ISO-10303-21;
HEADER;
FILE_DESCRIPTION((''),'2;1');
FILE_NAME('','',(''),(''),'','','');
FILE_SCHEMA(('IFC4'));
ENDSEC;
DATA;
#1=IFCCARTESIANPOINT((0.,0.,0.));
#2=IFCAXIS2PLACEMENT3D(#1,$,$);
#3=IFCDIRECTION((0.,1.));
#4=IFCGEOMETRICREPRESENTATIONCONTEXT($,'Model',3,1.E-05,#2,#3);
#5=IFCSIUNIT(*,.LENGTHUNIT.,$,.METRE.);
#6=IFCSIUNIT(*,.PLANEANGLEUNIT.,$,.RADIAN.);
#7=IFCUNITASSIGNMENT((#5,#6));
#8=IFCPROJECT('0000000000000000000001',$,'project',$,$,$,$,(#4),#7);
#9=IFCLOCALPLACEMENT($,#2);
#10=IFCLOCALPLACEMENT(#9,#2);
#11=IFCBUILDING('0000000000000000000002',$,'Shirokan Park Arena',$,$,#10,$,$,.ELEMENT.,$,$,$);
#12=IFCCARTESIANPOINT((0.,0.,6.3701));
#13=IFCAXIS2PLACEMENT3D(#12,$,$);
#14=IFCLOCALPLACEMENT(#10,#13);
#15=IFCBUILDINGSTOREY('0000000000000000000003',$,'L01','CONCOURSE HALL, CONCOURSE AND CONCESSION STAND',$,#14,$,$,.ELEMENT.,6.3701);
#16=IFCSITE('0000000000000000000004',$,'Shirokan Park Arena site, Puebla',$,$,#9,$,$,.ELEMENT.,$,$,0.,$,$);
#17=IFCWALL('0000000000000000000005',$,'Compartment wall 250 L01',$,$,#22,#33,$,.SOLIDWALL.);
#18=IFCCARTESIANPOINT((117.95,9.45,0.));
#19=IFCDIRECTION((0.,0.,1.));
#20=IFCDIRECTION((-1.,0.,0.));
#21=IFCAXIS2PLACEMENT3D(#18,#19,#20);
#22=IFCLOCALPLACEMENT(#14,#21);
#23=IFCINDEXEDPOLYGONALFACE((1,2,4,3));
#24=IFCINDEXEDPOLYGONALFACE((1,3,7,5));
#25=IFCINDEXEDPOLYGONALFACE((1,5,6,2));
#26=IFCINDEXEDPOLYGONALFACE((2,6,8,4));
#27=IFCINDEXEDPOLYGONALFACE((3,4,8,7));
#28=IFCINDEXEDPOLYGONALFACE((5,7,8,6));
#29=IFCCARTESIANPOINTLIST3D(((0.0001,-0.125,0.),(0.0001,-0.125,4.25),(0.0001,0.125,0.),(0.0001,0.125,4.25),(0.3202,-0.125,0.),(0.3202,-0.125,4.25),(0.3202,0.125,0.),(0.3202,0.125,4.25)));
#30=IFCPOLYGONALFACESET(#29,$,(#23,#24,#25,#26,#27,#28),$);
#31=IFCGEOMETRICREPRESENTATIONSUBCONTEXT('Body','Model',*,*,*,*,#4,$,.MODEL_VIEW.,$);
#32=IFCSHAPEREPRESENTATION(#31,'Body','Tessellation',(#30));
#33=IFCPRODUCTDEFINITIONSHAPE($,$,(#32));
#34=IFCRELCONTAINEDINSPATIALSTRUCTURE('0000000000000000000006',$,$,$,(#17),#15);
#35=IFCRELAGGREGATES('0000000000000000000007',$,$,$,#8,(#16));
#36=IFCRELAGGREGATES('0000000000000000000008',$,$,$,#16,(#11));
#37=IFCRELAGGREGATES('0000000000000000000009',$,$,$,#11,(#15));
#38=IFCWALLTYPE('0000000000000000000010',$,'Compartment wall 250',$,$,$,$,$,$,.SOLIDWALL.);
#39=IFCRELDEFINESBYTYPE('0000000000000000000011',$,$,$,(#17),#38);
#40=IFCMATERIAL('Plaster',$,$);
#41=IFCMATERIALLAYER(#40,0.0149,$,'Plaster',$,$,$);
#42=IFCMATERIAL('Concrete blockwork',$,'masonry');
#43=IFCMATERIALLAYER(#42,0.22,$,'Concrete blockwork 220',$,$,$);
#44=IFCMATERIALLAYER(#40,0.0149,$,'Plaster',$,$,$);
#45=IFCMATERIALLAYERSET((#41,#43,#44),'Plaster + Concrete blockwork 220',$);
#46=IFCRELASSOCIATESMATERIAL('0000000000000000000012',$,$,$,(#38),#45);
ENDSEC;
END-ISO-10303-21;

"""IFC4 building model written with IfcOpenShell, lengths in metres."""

from ifc_helpers import new_model, si_unit, direction, frame, frame_2d, origin, place, context, subcontext, project, spatial, rectangle, extrude, material, layer, layer_set, type_object, element, save


model = new_model("IFC4")

# Units and contexts
model_context = context("Model", 3, precision=1e-05, world=origin(), true_north=direction((0.0, 1.0)))
body_context = subcontext(model_context, "Body", "Model", "MODEL_VIEW")
ifc_project = project(units=[si_unit("LENGTHUNIT", "METRE"), si_unit("PLANEANGLEUNIT", "RADIAN")], contexts=[model_context])

# Site, building, storey
site_placement = place(None, origin())
site = spatial("IfcSite", under=ifc_project, at=site_placement, Name="Shirokan Park Arena site, Puebla", CompositionType="ELEMENT", RefElevation=0.0)
building_placement = place(site_placement, origin())
building = spatial("IfcBuilding", under=site, at=building_placement, Name="Shirokan Park Arena", CompositionType="ELEMENT")
storey_placement = place(building_placement, frame((0.0, 0.0, 6.3701)))
storey = spatial("IfcBuildingStorey", under=building, at=storey_placement, Name="L01", Description="CONCOURSE HALL, CONCOURSE AND CONCESSION STAND", CompositionType="ELEMENT", Elevation=6.3701)

# Wall
ifc_material_1 = material(Name="Plaster")
ifc_layer_1 = layer(ifc_material_1, 0.0149, Name="Plaster")
ifc_material_2 = material(Name="Concrete blockwork", Category="masonry")
ifc_layer_2 = layer(ifc_material_2, 0.22, Name="Concrete blockwork 220")
ifc_layer_3 = layer(ifc_material_1, 0.0149, Name="Plaster")
ifc_layer_set_1 = layer_set([ifc_layer_1, ifc_layer_2, ifc_layer_3], Name="Plaster + Concrete blockwork 220")
wall_type_1 = type_object("IfcWallType", Name="Compartment wall 250", PredefinedType="SOLIDWALL", material=ifc_layer_set_1)
wall_1_placement = place(storey_placement, frame((117.95, 9.45, 0.0), z_axis=(0.0, 0.0, 1.0), x_axis=(-1.0, 0.0, 0.0)))
element("IfcWall", 1, at=wall_1_placement, inside=storey, type_object=wall_type_1, Name="Compartment wall 250 L01", PredefinedType="SOLIDWALL", context=body_context, shape_type="SweptSolid", body=[
    extrude(rectangle(XDim=0.3201, YDim=0.25, at=frame_2d((0.1602, 0.0))), origin(), (0.0, 0.0, 1.0), 4.25),
])

save(model, "model.ifc")
